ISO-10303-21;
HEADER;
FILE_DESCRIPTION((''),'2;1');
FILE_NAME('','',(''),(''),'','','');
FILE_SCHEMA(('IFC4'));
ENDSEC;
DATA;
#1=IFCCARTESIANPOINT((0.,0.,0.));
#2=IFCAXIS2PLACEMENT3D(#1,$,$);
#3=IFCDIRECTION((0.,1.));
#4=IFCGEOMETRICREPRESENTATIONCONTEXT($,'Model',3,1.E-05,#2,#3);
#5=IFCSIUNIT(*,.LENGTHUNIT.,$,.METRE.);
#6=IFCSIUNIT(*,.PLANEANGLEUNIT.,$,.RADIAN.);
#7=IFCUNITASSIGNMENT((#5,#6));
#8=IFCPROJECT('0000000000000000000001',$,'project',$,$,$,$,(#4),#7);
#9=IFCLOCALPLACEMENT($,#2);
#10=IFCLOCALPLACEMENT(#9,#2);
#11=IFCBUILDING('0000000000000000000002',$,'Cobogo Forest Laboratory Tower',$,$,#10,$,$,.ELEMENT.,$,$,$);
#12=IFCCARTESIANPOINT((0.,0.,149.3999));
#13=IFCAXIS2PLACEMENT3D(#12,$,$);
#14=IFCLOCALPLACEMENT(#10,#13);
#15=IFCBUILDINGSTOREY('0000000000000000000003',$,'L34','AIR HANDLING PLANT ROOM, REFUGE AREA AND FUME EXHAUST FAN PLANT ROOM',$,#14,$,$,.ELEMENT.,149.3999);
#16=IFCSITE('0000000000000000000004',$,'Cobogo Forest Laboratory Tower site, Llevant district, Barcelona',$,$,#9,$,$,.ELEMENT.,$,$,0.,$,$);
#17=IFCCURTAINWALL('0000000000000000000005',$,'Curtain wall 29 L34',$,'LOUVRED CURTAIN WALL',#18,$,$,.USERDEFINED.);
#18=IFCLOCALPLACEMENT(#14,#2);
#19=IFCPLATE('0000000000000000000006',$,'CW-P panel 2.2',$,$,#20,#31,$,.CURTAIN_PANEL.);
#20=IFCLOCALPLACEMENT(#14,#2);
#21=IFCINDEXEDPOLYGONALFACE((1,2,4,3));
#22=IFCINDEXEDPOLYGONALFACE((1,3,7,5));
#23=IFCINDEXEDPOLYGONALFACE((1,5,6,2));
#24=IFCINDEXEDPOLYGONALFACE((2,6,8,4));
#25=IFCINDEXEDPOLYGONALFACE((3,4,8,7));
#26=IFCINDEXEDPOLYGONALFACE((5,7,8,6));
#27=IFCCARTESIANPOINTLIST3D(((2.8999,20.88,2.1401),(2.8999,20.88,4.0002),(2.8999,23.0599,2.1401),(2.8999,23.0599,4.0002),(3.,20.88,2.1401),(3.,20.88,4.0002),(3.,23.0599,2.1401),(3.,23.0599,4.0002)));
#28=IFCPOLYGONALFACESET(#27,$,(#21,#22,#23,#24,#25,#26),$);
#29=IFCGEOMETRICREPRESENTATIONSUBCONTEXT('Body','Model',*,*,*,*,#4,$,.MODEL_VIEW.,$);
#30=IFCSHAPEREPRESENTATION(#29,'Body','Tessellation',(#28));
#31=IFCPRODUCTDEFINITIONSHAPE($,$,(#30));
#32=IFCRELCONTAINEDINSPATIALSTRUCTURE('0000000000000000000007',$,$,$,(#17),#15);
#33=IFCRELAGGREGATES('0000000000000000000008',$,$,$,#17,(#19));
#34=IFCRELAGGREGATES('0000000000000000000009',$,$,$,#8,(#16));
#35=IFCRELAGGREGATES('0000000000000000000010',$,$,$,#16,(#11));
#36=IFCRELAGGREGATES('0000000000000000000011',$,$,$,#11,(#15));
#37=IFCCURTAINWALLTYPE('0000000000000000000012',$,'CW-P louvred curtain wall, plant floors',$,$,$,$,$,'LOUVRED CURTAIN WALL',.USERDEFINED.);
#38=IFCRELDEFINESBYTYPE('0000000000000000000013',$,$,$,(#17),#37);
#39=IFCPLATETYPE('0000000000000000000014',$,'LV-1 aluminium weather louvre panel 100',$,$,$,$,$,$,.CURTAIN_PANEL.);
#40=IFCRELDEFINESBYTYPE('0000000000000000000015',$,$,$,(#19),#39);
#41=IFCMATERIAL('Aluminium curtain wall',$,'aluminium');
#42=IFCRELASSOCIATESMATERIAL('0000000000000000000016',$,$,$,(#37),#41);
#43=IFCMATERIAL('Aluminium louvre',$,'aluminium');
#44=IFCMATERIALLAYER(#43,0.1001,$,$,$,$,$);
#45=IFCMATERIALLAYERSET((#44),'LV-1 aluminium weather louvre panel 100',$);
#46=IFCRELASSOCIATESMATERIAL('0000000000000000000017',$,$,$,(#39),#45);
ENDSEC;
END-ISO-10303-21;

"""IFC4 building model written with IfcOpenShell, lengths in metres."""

from ifc_helpers import new_model, si_unit, direction, frame, origin, origin_2d, place, context, subcontext, project, spatial, rectangle, extrude, material, layer, layer_set, type_object, element, aggregate, save


model = new_model("IFC4")

# Units and contexts
model_context = context("Model", 3, precision=1e-05, world=origin(), true_north=direction((0.0, 1.0)))
body_context = subcontext(model_context, "Body", "Model", "MODEL_VIEW")
ifc_project = project(units=[si_unit("LENGTHUNIT", "METRE"), si_unit("PLANEANGLEUNIT", "RADIAN")], contexts=[model_context])

# Site, building, storey
site_placement = place(None, origin())
site = spatial("IfcSite", under=ifc_project, at=site_placement, Name="Cobogo Forest Laboratory Tower site, Llevant district, Barcelona", CompositionType="ELEMENT", RefElevation=0.0)
building_placement = place(site_placement, origin())
building = spatial("IfcBuilding", under=site, at=building_placement, Name="Cobogo Forest Laboratory Tower", CompositionType="ELEMENT")
storey_placement = place(building_placement, frame((0.0, 0.0, 149.3999)))
storey = spatial("IfcBuildingStorey", under=building, at=storey_placement, Name="L34", Description="AIR HANDLING PLANT ROOM, REFUGE AREA AND FUME EXHAUST FAN PLANT ROOM", CompositionType="ELEMENT", Elevation=149.3999)

# Curtain wall
ifc_material_1 = material(Name="Aluminium curtain wall", Category="aluminium")
curtain_wall_type = type_object("IfcCurtainWallType", Name="CW-P louvred curtain wall, plant floors", ElementType="LOUVRED CURTAIN WALL", PredefinedType="USERDEFINED", material=ifc_material_1)
curtain_wall_1_placement = place(storey_placement, origin())
curtain_wall_1 = element("IfcCurtainWall", 1, at=curtain_wall_1_placement, inside=storey, type_object=curtain_wall_type, Name="Curtain wall 29 L34", ObjectType="LOUVRED CURTAIN WALL", PredefinedType="USERDEFINED")

# Plate
ifc_material_2 = material(Name="Aluminium louvre", Category="aluminium")
ifc_layer_1 = layer(ifc_material_2, 0.1001)
ifc_layer_set_1 = layer_set([ifc_layer_1], Name="LV-1 aluminium weather louvre panel 100")
plate_type_1 = type_object("IfcPlateType", Name="LV-1 aluminium weather louvre panel 100", PredefinedType="CURTAIN_PANEL", material=ifc_layer_set_1)
plate_1_placement = place(storey_placement, frame((2.95, 21.97, 2.1401), z_axis=(0.0, 0.0, 1.0), x_axis=(0.0, -1.0, 0.0)))
plate_1 = element("IfcPlate", 2, at=plate_1_placement, type_object=plate_type_1, Name="CW-P panel 2.2", PredefinedType="CURTAIN_PANEL", context=body_context, shape_type="SweptSolid", body=[
    extrude(rectangle(XDim=2.1799, YDim=0.1001, at=origin_2d()), origin(), (0.0, 0.0, 1.0), 1.8601),
])
aggregate(curtain_wall_1, [plate_1])

save(model, "model.ifc")
